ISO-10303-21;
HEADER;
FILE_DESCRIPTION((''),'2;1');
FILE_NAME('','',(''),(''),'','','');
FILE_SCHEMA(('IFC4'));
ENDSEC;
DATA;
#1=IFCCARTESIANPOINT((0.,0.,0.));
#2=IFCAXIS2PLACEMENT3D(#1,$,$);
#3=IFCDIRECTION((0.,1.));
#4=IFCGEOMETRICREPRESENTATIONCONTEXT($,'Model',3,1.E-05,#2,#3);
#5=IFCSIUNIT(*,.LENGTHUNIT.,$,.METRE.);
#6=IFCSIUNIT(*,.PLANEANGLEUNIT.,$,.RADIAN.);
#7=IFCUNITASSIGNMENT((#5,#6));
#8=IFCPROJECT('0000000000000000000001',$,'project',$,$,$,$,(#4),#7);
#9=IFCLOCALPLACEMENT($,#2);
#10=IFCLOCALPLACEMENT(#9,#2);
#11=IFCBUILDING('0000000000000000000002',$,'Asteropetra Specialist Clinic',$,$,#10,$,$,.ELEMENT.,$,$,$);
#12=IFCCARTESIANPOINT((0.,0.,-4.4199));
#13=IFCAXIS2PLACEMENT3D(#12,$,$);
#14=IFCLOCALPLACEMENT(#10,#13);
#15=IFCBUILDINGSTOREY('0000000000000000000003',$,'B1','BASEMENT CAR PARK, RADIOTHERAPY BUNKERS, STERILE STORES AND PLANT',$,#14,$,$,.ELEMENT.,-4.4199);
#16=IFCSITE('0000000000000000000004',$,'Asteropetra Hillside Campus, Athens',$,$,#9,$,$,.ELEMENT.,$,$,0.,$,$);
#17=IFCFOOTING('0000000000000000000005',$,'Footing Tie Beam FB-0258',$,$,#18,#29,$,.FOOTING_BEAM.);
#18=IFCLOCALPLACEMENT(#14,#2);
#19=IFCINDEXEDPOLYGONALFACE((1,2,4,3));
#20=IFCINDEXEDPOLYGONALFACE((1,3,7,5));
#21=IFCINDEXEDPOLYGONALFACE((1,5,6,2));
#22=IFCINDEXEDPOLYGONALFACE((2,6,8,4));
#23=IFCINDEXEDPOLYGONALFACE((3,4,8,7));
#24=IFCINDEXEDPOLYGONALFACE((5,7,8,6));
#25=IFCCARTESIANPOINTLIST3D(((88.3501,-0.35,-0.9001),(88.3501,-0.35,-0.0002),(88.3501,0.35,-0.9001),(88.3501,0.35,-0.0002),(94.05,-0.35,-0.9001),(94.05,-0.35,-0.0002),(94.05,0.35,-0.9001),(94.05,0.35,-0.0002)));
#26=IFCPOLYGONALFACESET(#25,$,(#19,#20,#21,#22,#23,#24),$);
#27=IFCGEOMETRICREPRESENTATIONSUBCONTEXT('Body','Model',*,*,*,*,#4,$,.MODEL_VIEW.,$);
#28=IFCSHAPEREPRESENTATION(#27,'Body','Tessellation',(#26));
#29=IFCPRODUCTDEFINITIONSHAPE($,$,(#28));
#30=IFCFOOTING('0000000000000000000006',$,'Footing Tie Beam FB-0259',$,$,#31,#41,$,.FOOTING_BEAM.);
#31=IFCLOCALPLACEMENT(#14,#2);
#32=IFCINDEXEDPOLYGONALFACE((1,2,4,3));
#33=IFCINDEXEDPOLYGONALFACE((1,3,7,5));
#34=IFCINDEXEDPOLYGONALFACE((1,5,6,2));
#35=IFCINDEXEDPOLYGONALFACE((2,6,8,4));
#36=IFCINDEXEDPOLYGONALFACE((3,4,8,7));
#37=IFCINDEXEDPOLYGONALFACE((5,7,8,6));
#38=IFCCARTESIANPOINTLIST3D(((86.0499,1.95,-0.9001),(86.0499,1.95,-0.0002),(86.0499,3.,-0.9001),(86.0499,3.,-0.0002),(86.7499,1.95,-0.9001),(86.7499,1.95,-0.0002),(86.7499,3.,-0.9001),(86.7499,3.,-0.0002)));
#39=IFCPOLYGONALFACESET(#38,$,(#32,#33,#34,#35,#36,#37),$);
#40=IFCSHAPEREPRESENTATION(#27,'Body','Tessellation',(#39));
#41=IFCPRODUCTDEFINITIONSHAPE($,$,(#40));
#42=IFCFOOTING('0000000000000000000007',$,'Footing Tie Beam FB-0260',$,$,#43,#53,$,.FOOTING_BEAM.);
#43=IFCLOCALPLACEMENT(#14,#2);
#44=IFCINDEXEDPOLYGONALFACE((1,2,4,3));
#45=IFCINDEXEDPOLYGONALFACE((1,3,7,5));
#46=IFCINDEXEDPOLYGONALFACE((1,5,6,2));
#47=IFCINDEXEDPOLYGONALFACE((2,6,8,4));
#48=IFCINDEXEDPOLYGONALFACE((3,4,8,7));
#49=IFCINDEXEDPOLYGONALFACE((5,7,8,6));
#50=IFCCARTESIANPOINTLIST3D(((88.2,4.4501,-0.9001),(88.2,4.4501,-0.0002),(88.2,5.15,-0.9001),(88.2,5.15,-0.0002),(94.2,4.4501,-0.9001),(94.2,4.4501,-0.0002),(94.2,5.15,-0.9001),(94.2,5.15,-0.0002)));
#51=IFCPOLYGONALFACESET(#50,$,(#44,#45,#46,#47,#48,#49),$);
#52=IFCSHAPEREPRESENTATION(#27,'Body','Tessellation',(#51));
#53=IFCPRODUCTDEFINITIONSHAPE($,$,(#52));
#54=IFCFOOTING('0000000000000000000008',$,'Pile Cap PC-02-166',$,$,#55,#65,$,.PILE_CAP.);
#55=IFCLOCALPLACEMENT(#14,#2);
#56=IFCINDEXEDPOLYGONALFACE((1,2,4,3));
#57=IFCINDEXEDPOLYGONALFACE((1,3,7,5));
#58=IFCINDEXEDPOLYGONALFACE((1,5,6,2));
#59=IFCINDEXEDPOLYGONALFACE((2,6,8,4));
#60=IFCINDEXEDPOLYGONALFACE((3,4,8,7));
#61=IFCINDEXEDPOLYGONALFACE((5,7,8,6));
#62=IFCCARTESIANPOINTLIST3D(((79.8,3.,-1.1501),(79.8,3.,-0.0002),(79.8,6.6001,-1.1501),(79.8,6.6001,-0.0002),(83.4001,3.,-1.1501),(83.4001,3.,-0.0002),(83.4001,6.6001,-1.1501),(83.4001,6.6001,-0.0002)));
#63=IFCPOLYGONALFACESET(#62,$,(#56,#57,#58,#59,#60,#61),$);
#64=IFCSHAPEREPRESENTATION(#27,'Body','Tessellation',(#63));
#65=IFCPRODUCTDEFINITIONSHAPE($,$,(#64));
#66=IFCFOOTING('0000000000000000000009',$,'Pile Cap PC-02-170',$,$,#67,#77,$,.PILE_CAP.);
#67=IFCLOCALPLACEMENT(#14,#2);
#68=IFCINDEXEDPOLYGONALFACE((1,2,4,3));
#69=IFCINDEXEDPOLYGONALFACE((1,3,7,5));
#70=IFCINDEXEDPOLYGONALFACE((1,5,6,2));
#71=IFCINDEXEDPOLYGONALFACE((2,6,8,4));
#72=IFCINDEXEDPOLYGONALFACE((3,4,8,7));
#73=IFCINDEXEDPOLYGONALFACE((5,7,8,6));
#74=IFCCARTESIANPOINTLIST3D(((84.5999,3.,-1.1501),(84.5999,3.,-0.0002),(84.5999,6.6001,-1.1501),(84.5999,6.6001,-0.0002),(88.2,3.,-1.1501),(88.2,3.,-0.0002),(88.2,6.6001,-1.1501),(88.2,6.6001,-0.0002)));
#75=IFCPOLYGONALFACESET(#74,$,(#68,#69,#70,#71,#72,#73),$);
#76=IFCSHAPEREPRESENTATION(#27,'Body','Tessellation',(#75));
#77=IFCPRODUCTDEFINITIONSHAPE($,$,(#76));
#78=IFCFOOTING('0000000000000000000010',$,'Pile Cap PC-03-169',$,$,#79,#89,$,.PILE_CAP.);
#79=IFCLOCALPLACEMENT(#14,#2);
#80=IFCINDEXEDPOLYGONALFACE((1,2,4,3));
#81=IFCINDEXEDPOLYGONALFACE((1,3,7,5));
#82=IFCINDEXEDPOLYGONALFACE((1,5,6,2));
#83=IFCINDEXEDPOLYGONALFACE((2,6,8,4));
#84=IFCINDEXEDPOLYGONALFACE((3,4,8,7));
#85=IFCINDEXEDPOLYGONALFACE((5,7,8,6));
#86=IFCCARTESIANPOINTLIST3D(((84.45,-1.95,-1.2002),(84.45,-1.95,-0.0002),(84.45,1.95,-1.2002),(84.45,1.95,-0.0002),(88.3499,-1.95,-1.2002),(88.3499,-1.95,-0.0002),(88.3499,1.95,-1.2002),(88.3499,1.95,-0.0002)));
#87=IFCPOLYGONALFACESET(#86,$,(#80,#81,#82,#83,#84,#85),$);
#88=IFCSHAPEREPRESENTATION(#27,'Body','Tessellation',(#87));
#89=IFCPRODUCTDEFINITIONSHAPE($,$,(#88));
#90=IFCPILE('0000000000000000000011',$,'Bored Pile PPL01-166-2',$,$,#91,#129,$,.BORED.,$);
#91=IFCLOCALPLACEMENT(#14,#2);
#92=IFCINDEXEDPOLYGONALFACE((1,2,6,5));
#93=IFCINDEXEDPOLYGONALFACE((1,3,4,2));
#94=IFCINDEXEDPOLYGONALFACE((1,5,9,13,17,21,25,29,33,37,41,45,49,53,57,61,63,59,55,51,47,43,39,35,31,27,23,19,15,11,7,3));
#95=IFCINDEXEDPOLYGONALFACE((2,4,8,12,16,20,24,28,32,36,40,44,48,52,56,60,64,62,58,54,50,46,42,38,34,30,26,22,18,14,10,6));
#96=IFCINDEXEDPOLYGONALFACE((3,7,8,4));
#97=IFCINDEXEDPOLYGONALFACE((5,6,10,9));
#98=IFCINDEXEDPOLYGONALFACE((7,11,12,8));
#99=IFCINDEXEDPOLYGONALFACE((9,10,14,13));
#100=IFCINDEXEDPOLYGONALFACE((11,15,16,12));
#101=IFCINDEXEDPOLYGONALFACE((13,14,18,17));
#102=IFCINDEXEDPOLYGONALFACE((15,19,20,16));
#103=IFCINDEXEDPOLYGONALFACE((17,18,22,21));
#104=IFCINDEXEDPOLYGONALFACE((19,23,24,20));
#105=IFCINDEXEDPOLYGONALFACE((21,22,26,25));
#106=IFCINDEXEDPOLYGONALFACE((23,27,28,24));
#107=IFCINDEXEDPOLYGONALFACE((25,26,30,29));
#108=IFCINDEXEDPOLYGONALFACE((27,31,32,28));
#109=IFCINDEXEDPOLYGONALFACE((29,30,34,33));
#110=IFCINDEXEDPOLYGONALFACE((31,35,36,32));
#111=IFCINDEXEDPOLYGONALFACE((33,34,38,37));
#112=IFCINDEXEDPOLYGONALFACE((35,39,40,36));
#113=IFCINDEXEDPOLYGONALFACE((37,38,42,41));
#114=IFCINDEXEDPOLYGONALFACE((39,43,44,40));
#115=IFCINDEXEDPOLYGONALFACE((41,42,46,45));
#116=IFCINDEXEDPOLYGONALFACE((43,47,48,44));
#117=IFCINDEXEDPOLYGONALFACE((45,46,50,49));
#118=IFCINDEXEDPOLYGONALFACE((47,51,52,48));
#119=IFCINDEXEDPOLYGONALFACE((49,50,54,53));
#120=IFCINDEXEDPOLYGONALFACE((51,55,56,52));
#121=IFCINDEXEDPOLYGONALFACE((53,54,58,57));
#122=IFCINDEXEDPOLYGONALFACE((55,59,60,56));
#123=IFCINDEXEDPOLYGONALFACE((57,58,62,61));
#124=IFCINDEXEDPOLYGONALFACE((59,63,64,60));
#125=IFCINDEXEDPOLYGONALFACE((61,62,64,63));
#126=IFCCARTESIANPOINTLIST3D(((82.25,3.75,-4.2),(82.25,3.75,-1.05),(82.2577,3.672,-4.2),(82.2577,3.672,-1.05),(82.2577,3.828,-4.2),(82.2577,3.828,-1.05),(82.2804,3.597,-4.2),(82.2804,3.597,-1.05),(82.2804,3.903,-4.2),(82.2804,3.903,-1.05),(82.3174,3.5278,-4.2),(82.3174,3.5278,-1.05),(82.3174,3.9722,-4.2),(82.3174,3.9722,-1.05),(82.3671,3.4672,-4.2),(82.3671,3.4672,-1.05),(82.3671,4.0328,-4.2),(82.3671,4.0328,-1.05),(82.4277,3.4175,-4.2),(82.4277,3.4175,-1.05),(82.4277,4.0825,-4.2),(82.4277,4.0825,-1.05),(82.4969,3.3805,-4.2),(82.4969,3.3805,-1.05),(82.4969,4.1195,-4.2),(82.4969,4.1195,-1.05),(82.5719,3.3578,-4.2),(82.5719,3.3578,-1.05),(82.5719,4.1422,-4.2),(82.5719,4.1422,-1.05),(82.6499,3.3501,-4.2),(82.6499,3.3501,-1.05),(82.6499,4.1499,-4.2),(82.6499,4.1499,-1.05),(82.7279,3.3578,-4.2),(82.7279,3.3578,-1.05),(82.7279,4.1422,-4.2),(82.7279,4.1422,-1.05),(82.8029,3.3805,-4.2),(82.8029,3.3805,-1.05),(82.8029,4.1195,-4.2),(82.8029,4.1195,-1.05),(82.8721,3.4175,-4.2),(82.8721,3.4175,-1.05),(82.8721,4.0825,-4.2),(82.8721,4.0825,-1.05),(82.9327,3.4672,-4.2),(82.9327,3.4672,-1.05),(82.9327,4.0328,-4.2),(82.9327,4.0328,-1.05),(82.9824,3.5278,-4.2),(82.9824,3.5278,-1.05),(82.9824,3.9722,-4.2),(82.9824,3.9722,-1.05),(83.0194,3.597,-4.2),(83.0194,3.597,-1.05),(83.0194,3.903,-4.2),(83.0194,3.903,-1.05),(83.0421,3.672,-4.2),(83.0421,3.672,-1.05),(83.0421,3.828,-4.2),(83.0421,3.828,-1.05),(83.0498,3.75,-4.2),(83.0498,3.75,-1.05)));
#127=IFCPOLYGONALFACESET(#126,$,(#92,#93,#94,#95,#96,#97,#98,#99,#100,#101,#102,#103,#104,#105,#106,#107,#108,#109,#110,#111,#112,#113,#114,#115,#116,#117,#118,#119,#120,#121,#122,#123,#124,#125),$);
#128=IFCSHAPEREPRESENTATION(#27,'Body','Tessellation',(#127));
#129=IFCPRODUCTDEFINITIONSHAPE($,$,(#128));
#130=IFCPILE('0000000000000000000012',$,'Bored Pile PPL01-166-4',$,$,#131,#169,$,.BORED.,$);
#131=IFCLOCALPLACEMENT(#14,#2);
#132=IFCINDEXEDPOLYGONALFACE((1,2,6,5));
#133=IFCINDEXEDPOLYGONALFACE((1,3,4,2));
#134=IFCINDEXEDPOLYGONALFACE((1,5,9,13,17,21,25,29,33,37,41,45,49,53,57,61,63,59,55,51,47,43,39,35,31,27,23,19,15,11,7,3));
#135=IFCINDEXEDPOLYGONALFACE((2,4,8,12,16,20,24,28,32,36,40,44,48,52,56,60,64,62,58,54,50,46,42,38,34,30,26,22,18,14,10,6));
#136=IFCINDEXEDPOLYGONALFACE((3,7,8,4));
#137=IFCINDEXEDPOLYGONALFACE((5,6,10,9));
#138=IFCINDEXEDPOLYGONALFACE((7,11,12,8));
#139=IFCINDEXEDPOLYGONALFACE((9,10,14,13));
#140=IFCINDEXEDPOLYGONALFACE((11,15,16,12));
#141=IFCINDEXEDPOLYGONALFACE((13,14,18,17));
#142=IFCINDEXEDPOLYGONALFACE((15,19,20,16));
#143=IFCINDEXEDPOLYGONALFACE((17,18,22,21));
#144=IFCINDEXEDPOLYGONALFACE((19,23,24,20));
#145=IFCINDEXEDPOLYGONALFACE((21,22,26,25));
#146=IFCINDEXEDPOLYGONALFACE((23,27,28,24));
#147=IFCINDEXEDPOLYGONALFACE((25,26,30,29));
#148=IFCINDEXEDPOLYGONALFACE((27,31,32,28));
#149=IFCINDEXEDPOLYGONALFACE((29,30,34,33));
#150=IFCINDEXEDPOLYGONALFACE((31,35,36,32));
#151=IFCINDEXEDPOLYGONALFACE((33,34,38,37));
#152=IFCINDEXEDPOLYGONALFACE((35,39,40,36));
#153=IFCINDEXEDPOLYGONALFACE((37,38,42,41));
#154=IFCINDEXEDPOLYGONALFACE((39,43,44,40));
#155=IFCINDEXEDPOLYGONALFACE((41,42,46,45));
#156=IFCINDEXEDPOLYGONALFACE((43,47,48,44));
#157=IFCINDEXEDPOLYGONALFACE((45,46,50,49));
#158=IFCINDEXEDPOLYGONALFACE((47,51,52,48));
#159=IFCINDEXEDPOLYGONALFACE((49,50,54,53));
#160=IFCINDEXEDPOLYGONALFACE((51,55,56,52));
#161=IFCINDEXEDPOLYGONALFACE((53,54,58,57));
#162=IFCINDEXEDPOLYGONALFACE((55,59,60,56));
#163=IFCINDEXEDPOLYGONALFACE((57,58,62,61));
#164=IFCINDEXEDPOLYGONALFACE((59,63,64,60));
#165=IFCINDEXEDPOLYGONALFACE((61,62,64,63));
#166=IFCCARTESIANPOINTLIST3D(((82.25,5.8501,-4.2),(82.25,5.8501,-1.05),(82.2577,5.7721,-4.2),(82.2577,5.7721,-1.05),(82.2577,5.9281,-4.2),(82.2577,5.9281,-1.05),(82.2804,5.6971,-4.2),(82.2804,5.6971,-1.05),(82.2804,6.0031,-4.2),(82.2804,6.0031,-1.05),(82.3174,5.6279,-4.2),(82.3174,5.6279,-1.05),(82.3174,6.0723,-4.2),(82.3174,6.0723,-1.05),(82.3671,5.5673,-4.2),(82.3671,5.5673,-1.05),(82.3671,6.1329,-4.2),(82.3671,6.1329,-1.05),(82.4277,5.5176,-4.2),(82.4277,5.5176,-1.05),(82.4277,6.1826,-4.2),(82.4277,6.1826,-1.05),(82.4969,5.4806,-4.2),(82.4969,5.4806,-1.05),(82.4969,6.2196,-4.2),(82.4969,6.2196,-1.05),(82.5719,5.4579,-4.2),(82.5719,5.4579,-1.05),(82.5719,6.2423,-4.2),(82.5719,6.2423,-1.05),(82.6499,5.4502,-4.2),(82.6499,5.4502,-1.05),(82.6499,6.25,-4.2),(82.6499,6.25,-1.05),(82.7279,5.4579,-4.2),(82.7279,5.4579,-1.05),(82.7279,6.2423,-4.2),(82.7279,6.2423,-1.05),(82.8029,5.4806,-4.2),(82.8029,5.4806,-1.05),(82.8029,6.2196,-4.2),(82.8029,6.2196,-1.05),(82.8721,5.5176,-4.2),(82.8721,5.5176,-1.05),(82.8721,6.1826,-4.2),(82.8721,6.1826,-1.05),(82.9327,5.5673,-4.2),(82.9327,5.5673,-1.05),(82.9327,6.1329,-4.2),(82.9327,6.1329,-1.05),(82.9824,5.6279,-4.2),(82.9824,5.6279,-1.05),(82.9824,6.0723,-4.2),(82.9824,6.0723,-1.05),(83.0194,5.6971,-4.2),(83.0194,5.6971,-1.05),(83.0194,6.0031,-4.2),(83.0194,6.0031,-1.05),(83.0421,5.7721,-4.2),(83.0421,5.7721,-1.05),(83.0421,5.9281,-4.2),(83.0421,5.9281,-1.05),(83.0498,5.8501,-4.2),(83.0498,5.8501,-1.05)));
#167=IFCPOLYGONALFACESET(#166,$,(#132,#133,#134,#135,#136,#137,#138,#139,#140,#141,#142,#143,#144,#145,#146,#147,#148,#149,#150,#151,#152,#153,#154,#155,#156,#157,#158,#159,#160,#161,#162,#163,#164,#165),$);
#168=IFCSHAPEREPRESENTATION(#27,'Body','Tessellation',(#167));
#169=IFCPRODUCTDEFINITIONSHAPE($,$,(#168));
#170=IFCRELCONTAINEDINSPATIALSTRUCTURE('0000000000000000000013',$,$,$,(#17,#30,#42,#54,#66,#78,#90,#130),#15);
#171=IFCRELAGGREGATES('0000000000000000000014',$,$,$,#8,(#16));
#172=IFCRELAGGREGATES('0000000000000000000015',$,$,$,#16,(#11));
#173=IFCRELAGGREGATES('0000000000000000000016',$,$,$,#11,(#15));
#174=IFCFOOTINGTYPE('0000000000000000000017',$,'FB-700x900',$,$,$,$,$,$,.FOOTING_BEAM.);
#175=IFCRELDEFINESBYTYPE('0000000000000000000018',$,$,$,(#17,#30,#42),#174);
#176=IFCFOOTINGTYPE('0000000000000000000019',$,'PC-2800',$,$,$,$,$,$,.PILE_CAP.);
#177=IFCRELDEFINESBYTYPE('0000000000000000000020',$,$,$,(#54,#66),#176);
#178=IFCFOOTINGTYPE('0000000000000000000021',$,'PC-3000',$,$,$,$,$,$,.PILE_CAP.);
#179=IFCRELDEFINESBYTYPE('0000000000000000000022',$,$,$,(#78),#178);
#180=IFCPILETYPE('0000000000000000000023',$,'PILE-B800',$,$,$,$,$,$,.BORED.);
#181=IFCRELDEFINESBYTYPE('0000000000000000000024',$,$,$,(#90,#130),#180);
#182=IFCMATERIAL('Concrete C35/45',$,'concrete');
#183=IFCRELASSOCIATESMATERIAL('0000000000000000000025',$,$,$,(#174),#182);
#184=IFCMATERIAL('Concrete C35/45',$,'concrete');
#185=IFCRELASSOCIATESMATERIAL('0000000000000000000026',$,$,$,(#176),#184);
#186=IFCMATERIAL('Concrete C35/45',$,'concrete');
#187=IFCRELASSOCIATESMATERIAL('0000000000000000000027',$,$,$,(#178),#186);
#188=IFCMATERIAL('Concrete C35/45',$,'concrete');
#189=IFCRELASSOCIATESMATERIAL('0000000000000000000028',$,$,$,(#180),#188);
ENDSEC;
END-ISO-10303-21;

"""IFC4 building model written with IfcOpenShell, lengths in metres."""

from ifc_helpers import new_model, si_unit, direction, frame, origin, origin_2d, place, context, subcontext, project, spatial, rectangle, circle, extrude, material, material_profile, profile_set, type_object, element, save


model = new_model("IFC4")

# Units and contexts
model_context = context("Model", 3, precision=1e-05, world=origin(), true_north=direction((0.0, 1.0)))
body_context = subcontext(model_context, "Body", "Model", "MODEL_VIEW")
ifc_project = project(units=[si_unit("LENGTHUNIT", "METRE"), si_unit("PLANEANGLEUNIT", "RADIAN")], contexts=[model_context])

# Site, building, storey
site_placement = place(None, origin())
site = spatial("IfcSite", under=ifc_project, at=site_placement, Name="Asteropetra Hillside Campus, Athens", CompositionType="ELEMENT", RefElevation=0.0)
building_placement = place(site_placement, origin())
building = spatial("IfcBuilding", under=site, at=building_placement, Name="Asteropetra Specialist Clinic", CompositionType="ELEMENT")
storey_placement = place(building_placement, frame((0.0, 0.0, -4.4199)))
storey = spatial("IfcBuildingStorey", under=building, at=storey_placement, Name="B1", Description="BASEMENT CAR PARK, RADIOTHERAPY BUNKERS, STERILE STORES AND PLANT", CompositionType="ELEMENT", Elevation=-4.4199)

# Footings
ifc_material_1 = material(Name="Concrete C35/45", Category="concrete")
ifc_material_profile_1 = material_profile(ifc_material_1, rectangle(XDim=0.7, YDim=0.8999, at=origin_2d()), Name="FB 700x900")
ifc_profile_set_1 = profile_set([ifc_material_profile_1], Name="Concrete C35/45")
footing_type_1 = type_object("IfcFootingType", Name="FB-700x900", PredefinedType="FOOTING_BEAM", material=ifc_profile_set_1)
footing_1_placement = place(storey_placement, frame((88.3501, 0.0, -0.4502), z_axis=(1.0, 0.0, 0.0), x_axis=(0.0, 1.0, 0.0)))
element("IfcFooting", 1, at=footing_1_placement, inside=storey, type_object=footing_type_1, Name="Footing Tie Beam FB-0258", PredefinedType="FOOTING_BEAM", context=body_context, shape_type="SweptSolid", body=[
    extrude(rectangle(XDim=0.7, YDim=0.8999, at=origin_2d()), origin(), (0.0, 0.0, 1.0), 5.7),
])
footing_2_placement = place(storey_placement, frame((86.3999, 1.95, -0.4502), z_axis=(0.0, 1.0, 0.0), x_axis=(-1.0, 0.0, 0.0)))
element("IfcFooting", 2, at=footing_2_placement, inside=storey, type_object=footing_type_1, Name="Footing Tie Beam FB-0259", PredefinedType="FOOTING_BEAM", context=body_context, shape_type="SweptSolid", body=[
    extrude(rectangle(XDim=0.7, YDim=0.8999, at=origin_2d()), origin(), (0.0, 0.0, 1.0), 1.05),
])
footing_3_placement = place(storey_placement, frame((88.2, 4.8, -0.4502), z_axis=(1.0, 0.0, 0.0), x_axis=(0.0, 1.0, 0.0)))
element("IfcFooting", 3, at=footing_3_placement, inside=storey, type_object=footing_type_1, Name="Footing Tie Beam FB-0260", PredefinedType="FOOTING_BEAM", context=body_context, shape_type="SweptSolid", body=[
    extrude(rectangle(XDim=0.7, YDim=0.8999, at=origin_2d()), origin(), (0.0, 0.0, 1.0), 6.0),
])
ifc_material_2 = material(Name="Concrete C35/45", Category="concrete")
footing_type_2 = type_object("IfcFootingType", Name="PC-2800", PredefinedType="PILE_CAP", material=ifc_material_2)
for number, where, z_axis, x_axis, name in (
    (4, (81.6001, 4.8, -1.1501), (0.0, 0.0, 1.0), (1.0, 0.0, 0.0), "Pile Cap PC-02-166"),
    (5, (86.3999, 4.8, -1.1501), (0.0, 0.0, 1.0), (1.0, 0.0, 0.0), "Pile Cap PC-02-170"),
):
    element("IfcFooting", number, at=place(storey_placement, frame(where, z_axis=z_axis, x_axis=x_axis)), inside=storey, type_object=footing_type_2, Name=name, PredefinedType="PILE_CAP", context=body_context, shape_type="SweptSolid", body=[
        extrude(rectangle(XDim=3.6001, YDim=3.6001, at=origin_2d()), origin(), (0.0, 0.0, 1.0), 1.1499),
    ])
ifc_material_3 = material(Name="Concrete C35/45", Category="concrete")
footing_type_3 = type_object("IfcFootingType", Name="PC-3000", PredefinedType="PILE_CAP", material=ifc_material_3)
footing_4_placement = place(storey_placement, frame((86.3999, 0.0, -1.2002), z_axis=(0.0, 0.0, 1.0), x_axis=(1.0, 0.0, 0.0)))
element("IfcFooting", 6, at=footing_4_placement, inside=storey, type_object=footing_type_3, Name="Pile Cap PC-03-169", PredefinedType="PILE_CAP", context=body_context, shape_type="SweptSolid", body=[
    extrude(rectangle(XDim=3.8999, YDim=3.8999, at=origin_2d()), origin(), (0.0, 0.0, 1.0), 1.2),
])

# Piles
ifc_material_4 = material(Name="Concrete C35/45", Category="concrete")
ifc_material_profile_2 = material_profile(ifc_material_4, circle(Radius=0.3999, at=origin_2d()), Name="PILE D800")
ifc_profile_set_2 = profile_set([ifc_material_profile_2], Name="Concrete C35/45")
pile_type_1 = type_object("IfcPileType", Name="PILE-B800", PredefinedType="BORED", material=ifc_profile_set_2)
for number, where, z_axis, x_axis, name in (
    (7, (82.6499, 3.75, -1.05), (0.0, 0.0, -1.0), (1.0, 0.0, 0.0), "Bored Pile PPL01-166-2"),
    (8, (82.6499, 5.8501, -1.05), (0.0, 0.0, -1.0), (1.0, 0.0, 0.0), "Bored Pile PPL01-166-4"),
):
    element("IfcPile", number, at=place(storey_placement, frame(where, z_axis=z_axis, x_axis=x_axis)), inside=storey, type_object=pile_type_1, Name=name, PredefinedType="BORED", context=body_context, shape_type="SweptSolid", body=[
        extrude(circle(Radius=0.3999, at=origin_2d()), origin(), (0.0, 0.0, 1.0), 3.1499),
    ])

save(model, "model.ifc")
